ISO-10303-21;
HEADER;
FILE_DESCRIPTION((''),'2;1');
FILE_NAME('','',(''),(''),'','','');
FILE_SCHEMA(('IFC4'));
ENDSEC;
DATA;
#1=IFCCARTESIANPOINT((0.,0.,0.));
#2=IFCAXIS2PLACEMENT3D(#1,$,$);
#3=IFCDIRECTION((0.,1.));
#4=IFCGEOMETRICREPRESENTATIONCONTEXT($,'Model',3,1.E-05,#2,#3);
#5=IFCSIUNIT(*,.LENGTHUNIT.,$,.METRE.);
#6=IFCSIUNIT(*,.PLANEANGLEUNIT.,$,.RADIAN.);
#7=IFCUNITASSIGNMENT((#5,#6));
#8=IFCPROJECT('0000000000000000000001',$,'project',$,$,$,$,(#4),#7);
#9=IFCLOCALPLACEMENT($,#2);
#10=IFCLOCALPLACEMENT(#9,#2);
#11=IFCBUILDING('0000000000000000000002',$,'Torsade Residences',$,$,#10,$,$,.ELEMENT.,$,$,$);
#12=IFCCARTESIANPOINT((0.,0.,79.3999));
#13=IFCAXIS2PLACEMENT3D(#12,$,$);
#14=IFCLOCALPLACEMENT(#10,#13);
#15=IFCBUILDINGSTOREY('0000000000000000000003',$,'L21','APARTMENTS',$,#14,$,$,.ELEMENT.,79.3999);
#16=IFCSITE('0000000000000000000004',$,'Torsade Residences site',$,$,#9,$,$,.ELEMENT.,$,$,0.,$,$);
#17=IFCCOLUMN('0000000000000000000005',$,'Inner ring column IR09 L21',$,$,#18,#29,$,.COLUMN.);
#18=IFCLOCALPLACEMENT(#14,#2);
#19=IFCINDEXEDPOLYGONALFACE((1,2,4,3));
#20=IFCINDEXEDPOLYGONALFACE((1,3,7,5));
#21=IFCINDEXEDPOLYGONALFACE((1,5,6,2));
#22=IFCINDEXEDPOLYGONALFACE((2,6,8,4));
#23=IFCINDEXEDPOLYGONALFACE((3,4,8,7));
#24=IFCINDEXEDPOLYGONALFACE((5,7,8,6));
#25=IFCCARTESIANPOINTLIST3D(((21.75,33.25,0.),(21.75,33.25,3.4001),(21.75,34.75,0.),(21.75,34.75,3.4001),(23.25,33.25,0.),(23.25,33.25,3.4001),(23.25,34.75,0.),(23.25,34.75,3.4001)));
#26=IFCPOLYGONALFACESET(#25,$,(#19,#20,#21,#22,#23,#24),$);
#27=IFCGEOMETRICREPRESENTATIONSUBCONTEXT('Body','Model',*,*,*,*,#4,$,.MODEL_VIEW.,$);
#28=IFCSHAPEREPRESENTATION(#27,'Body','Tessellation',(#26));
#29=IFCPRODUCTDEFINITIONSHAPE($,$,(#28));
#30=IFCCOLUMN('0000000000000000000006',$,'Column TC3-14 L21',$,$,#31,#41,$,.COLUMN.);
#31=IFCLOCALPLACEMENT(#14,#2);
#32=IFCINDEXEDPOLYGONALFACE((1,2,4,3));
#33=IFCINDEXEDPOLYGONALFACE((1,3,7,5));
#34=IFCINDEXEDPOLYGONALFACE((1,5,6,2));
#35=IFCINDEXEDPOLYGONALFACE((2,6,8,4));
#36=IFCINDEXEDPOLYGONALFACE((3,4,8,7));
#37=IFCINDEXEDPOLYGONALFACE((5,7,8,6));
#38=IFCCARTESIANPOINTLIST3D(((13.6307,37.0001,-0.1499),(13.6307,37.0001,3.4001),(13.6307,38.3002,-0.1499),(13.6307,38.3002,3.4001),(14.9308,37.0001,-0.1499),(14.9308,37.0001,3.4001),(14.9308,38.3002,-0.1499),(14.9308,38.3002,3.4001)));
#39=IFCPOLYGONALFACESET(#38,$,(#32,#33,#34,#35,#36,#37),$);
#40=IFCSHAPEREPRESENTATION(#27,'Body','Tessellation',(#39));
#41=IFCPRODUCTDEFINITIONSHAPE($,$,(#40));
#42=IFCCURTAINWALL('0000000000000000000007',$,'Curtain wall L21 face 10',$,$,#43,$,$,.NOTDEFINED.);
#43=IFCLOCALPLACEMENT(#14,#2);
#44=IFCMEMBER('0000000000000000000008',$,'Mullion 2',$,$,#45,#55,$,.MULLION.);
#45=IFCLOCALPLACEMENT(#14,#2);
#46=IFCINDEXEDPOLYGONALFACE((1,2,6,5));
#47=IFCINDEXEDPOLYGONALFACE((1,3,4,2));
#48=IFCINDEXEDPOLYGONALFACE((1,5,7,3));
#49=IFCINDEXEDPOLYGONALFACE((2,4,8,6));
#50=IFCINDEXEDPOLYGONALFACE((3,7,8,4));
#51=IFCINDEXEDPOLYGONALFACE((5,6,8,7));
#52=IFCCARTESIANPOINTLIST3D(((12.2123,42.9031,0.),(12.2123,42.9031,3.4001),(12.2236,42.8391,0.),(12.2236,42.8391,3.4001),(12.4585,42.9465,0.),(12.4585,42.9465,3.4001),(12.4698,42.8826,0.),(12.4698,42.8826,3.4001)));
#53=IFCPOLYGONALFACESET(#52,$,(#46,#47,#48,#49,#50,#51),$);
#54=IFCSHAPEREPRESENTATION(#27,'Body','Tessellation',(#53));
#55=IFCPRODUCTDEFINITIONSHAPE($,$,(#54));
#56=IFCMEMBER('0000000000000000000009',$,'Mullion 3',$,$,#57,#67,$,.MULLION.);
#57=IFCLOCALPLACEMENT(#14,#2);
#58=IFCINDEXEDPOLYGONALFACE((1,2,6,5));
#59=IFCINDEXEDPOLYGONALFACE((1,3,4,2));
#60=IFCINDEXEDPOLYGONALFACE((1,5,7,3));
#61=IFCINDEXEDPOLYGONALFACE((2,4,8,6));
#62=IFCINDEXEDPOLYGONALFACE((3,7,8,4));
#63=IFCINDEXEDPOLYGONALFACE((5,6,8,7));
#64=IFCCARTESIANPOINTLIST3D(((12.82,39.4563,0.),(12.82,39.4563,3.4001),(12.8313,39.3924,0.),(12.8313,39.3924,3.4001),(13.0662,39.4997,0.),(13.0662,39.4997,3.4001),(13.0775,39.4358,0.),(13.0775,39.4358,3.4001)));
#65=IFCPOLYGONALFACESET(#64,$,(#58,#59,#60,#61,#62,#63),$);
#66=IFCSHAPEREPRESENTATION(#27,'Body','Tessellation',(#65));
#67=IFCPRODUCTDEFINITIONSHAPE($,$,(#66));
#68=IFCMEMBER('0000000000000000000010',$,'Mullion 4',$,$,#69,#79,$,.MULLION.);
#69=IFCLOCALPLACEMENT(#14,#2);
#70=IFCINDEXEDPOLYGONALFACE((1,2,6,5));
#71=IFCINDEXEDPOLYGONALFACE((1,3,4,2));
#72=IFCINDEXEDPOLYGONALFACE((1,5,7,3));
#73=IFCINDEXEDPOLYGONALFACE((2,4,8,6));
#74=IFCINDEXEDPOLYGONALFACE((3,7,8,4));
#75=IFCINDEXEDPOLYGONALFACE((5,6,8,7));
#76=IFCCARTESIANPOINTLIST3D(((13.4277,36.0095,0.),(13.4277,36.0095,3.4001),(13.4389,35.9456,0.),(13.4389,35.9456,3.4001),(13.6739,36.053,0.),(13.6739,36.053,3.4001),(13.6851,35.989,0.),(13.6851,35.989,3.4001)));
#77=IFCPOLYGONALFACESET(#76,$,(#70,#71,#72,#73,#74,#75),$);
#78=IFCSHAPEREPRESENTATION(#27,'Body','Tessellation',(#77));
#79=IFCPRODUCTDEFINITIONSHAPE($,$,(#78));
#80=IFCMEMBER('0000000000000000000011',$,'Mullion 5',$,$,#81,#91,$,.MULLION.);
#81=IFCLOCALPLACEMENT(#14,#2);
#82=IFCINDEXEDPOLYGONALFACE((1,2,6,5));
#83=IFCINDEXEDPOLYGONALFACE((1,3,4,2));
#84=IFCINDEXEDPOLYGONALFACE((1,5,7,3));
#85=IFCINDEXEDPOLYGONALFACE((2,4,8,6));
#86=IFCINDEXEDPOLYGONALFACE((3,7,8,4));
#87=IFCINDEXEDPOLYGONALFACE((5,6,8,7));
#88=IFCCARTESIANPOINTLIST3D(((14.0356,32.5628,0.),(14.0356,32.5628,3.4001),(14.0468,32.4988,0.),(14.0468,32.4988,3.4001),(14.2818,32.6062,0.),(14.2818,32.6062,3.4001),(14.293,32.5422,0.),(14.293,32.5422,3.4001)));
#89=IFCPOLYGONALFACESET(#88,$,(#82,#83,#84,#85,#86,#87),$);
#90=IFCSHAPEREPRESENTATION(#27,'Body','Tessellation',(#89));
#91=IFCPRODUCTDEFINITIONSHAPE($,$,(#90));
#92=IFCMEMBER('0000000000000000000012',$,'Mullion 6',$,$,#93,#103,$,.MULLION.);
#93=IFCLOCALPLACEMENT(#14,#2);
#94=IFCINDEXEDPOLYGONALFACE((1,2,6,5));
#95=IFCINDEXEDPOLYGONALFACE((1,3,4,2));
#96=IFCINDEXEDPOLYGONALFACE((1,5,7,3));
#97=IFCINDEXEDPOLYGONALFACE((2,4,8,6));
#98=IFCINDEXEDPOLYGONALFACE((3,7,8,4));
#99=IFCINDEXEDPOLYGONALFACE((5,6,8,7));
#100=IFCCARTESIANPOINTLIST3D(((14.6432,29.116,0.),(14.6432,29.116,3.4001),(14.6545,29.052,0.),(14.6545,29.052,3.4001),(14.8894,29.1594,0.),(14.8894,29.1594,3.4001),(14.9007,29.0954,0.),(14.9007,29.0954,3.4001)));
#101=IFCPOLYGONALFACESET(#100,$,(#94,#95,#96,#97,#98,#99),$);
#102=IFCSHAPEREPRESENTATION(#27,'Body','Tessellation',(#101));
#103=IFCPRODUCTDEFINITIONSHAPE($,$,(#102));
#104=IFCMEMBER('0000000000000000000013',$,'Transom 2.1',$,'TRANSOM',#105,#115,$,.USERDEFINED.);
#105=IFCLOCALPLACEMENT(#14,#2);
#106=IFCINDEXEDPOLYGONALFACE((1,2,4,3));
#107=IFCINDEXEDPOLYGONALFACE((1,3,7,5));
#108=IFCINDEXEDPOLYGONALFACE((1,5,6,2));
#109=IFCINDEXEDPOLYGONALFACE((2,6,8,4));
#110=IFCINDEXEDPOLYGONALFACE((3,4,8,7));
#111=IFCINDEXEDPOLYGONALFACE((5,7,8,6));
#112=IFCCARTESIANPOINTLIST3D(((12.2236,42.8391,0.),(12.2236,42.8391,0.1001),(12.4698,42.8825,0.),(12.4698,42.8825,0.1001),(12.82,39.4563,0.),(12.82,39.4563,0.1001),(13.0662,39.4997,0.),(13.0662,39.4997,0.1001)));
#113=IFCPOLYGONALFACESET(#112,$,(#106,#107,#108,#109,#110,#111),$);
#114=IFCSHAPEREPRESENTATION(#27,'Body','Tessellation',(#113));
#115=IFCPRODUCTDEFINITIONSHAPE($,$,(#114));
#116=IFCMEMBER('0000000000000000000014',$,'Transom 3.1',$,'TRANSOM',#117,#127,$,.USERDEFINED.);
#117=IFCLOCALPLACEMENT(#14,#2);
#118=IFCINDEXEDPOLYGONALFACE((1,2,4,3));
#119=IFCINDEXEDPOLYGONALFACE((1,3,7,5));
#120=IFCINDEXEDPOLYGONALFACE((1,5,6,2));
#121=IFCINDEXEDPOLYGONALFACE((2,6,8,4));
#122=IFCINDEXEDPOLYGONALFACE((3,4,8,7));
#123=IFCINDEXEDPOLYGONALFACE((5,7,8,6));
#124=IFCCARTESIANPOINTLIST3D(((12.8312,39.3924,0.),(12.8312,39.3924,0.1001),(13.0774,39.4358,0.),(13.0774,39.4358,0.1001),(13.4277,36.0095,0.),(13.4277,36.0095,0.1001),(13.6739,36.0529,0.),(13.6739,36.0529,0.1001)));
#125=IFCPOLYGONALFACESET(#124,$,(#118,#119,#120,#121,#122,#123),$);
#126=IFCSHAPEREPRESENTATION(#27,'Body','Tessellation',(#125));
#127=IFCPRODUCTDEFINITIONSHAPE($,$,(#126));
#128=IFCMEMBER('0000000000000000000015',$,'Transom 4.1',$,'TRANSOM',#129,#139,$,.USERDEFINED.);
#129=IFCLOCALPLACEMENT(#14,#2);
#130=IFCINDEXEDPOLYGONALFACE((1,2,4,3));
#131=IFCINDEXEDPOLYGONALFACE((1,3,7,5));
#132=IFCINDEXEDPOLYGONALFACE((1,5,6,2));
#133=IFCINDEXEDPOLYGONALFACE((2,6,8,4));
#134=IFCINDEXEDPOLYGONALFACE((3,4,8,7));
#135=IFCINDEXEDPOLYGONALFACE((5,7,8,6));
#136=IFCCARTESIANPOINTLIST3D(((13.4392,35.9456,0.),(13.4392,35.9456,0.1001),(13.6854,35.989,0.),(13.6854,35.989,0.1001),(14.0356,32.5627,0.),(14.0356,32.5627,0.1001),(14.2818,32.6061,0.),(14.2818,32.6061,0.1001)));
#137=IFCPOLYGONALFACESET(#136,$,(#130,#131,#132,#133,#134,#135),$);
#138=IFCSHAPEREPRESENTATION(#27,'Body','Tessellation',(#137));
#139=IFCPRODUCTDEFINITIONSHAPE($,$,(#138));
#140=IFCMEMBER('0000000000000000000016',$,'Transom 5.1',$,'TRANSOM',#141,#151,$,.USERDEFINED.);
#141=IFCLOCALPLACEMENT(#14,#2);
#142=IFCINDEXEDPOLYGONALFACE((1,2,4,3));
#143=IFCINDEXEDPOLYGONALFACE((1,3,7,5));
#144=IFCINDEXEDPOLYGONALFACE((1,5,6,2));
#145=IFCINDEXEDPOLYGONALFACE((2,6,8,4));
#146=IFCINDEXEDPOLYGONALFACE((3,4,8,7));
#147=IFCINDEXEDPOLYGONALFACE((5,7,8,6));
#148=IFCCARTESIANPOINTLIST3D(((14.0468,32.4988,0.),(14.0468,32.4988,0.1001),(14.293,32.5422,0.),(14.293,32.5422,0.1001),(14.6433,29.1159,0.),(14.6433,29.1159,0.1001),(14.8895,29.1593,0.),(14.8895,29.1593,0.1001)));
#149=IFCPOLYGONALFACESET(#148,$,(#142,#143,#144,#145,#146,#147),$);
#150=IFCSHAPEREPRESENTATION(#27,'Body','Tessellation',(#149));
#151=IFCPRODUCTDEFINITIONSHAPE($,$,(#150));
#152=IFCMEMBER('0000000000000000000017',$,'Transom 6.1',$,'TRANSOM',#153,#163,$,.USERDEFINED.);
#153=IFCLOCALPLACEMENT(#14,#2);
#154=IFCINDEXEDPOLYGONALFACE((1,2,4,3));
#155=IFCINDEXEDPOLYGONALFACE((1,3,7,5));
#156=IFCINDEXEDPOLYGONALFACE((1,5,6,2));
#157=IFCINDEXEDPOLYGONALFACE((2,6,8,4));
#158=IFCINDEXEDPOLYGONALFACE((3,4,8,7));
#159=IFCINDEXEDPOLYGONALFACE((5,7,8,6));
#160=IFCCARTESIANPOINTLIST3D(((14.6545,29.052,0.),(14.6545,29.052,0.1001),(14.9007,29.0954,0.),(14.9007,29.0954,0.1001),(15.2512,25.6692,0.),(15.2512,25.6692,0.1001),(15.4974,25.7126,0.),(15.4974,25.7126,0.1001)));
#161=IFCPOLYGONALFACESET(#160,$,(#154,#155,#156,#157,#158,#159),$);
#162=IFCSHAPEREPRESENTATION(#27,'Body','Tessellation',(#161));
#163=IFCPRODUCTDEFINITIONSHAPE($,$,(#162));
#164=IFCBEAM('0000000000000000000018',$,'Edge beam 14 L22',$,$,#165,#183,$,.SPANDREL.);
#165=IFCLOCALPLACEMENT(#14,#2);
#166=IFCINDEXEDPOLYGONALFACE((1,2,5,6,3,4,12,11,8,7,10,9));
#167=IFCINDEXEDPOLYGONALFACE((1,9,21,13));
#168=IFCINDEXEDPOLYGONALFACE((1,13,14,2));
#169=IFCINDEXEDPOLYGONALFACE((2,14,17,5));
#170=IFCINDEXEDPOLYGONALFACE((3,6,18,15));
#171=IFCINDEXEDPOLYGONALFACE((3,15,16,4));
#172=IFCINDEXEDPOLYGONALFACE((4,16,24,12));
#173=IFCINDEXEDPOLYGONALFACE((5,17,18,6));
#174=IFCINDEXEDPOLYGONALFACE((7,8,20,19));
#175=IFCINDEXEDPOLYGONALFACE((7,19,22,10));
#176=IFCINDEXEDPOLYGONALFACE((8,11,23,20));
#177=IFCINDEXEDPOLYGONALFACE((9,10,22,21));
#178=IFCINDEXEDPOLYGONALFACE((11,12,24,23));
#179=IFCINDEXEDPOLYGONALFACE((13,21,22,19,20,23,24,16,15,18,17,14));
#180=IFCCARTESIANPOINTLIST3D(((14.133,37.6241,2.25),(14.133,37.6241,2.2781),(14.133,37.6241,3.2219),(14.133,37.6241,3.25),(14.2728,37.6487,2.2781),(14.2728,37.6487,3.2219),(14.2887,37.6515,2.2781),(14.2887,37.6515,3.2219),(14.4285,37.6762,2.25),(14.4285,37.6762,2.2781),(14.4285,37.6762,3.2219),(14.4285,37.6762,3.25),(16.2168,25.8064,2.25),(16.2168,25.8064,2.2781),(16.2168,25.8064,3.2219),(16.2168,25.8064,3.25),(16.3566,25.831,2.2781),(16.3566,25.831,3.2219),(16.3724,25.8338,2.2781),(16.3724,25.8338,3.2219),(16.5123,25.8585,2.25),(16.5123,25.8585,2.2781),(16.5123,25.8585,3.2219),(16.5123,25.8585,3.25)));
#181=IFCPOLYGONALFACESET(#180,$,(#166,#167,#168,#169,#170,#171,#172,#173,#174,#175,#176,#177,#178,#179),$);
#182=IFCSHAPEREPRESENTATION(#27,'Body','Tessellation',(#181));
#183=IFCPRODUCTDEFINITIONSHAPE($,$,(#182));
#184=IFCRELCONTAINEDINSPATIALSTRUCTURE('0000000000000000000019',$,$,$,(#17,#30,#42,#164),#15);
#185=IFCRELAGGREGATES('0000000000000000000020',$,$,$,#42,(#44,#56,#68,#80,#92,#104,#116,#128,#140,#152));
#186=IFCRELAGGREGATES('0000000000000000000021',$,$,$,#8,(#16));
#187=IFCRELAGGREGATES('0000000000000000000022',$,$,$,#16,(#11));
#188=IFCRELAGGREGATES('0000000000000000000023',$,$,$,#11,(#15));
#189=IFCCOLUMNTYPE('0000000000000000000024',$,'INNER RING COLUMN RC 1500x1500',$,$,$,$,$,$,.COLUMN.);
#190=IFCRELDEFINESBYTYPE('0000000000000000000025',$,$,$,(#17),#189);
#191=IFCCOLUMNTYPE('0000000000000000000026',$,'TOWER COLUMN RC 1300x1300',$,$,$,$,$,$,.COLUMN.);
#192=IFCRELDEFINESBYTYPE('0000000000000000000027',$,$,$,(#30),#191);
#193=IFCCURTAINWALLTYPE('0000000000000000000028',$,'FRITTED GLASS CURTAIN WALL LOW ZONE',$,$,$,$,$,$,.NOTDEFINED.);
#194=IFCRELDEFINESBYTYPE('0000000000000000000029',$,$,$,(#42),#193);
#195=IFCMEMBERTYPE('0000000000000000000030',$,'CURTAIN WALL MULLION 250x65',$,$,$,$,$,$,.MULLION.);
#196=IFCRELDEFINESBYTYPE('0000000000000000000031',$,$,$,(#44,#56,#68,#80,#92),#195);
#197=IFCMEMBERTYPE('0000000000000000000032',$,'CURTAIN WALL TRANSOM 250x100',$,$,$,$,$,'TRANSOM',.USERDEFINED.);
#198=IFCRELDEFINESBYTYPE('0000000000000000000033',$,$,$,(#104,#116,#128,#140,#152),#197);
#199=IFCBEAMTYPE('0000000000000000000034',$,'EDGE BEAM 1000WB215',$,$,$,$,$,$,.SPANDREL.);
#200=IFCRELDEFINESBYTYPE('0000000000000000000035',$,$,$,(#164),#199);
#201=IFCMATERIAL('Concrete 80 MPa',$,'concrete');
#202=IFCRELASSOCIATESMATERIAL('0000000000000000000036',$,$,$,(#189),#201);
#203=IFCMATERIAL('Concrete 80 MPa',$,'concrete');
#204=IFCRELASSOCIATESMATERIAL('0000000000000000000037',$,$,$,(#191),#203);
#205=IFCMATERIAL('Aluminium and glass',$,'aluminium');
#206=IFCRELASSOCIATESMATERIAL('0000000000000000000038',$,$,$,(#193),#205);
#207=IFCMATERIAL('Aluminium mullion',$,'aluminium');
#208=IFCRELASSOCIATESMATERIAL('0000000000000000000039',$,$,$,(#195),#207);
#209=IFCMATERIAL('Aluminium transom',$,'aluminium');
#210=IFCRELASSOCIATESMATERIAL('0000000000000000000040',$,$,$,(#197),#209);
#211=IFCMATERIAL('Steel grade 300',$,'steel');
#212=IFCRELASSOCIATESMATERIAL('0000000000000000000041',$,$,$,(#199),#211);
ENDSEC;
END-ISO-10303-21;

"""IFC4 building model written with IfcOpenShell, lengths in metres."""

from ifc_helpers import new_model, si_unit, direction, frame, origin, origin_2d, place, context, subcontext, project, spatial, rectangle, i_section, extrude, material, material_profile, profile_set, type_object, element, aggregate, save


model = new_model("IFC4")

# Units and contexts
model_context = context("Model", 3, precision=1e-05, world=origin(), true_north=direction((0.0, 1.0)))
body_context = subcontext(model_context, "Body", "Model", "MODEL_VIEW")
ifc_project = project(units=[si_unit("LENGTHUNIT", "METRE"), si_unit("PLANEANGLEUNIT", "RADIAN")], contexts=[model_context])

# Site, building, storey
site_placement = place(None, origin())
site = spatial("IfcSite", under=ifc_project, at=site_placement, Name="Torsade Residences site", CompositionType="ELEMENT", RefElevation=0.0)
building_placement = place(site_placement, origin())
building = spatial("IfcBuilding", under=site, at=building_placement, Name="Torsade Residences", CompositionType="ELEMENT")
storey_placement = place(building_placement, frame((0.0, 0.0, 79.3999)))
storey = spatial("IfcBuildingStorey", under=building, at=storey_placement, Name="L21", Description="APARTMENTS", CompositionType="ELEMENT", Elevation=79.3999)

# Columns
ifc_material_1 = material(Name="Concrete 80 MPa", Category="concrete")
ifc_material_profile_1 = material_profile(ifc_material_1, rectangle(XDim=1.5, YDim=1.5, at=origin_2d()), Name="RC 1500x1500")
ifc_profile_set_1 = profile_set([ifc_material_profile_1], Name="Concrete 80 MPa")
column_type_1 = type_object("IfcColumnType", Name="INNER RING COLUMN RC 1500x1500", PredefinedType="COLUMN", material=ifc_profile_set_1)
column_1_placement = place(storey_placement, frame((22.5, 34.0, 0.0), z_axis=(0.0, 0.0, 1.0), x_axis=(1.0, 0.0, 0.0)))
element("IfcColumn", 1, at=column_1_placement, inside=storey, type_object=column_type_1, Name="Inner ring column IR09 L21", PredefinedType="COLUMN", context=body_context, shape_type="SweptSolid", body=[
    extrude(rectangle(XDim=1.5, YDim=1.5, at=origin_2d()), origin(), (0.0, 0.0, 1.0), 3.4001),
])
ifc_material_2 = material(Name="Concrete 80 MPa", Category="concrete")
ifc_material_profile_2 = material_profile(ifc_material_2, rectangle(XDim=1.3, YDim=1.3, at=origin_2d()), Name="RC 1300x1300")
ifc_profile_set_2 = profile_set([ifc_material_profile_2], Name="Concrete 80 MPa")
column_type_2 = type_object("IfcColumnType", Name="TOWER COLUMN RC 1300x1300", PredefinedType="COLUMN", material=ifc_profile_set_2)
column_2_placement = place(storey_placement, frame((14.2808, 37.6501, -0.1499), z_axis=(0.0, 0.0, 1.0), x_axis=(1.0, 0.0, 0.0)))
element("IfcColumn", 2, at=column_2_placement, inside=storey, type_object=column_type_2, Name="Column TC3-14 L21", PredefinedType="COLUMN", context=body_context, shape_type="SweptSolid", body=[
    extrude(rectangle(XDim=1.3, YDim=1.3, at=origin_2d()), origin(), (0.0, 0.0, 1.0), 3.55),
])

# Curtain wall, members
ifc_material_3 = material(Name="Aluminium and glass", Category="aluminium")
curtain_wall_type = type_object("IfcCurtainWallType", Name="FRITTED GLASS CURTAIN WALL LOW ZONE", PredefinedType="NOTDEFINED", material=ifc_material_3)
curtain_wall_placement = place(storey_placement, origin())
curtain_wall = element("IfcCurtainWall", 3, at=curtain_wall_placement, inside=storey, type_object=curtain_wall_type, Name="Curtain wall L21 face 10", PredefinedType="NOTDEFINED")
ifc_material_4 = material(Name="Aluminium mullion", Category="aluminium")
ifc_material_profile_3 = material_profile(ifc_material_4, rectangle(XDim=0.25, YDim=0.0649, at=origin_2d()), Name="CURTAIN WALL MULLION 250x65")
ifc_profile_set_3 = profile_set([ifc_material_profile_3], Name="Aluminium mullion")
member_type_1 = type_object("IfcMemberType", Name="CURTAIN WALL MULLION 250x65", PredefinedType="MULLION", material=ifc_profile_set_3)
member_1_placement = place(storey_placement, frame((12.3411, 42.8928, 0.0), z_axis=(0.0, 0.0, 1.0), x_axis=(0.984808, 0.173648, 0.0)))
member_1 = element("IfcMember", 4, at=member_1_placement, type_object=member_type_1, Name="Mullion 2", PredefinedType="MULLION", context=body_context, shape_type="SweptSolid", body=[
    extrude(rectangle(XDim=0.25, YDim=0.0649, at=origin_2d()), origin(), (0.0, 0.0, 1.0), 3.4001),
])
member_2_placement = place(storey_placement, frame((12.9487, 39.446, 0.0), z_axis=(0.0, 0.0, 1.0), x_axis=(0.984808, 0.173648, 0.0)))
member_2 = element("IfcMember", 5, at=member_2_placement, type_object=member_type_1, Name="Mullion 3", PredefinedType="MULLION", context=body_context, shape_type="SweptSolid", body=[
    extrude(rectangle(XDim=0.25, YDim=0.0649, at=origin_2d()), origin(), (0.0, 0.0, 1.0), 3.4001),
])
member_3_placement = place(storey_placement, frame((13.5564, 35.9993, 0.0), z_axis=(0.0, 0.0, 1.0), x_axis=(0.984808, 0.173648, 0.0)))
member_3 = element("IfcMember", 6, at=member_3_placement, type_object=member_type_1, Name="Mullion 4", PredefinedType="MULLION", context=body_context, shape_type="SweptSolid", body=[
    extrude(rectangle(XDim=0.25, YDim=0.0649, at=origin_2d()), origin(), (0.0, 0.0, 1.0), 3.4001),
])
member_4_placement = place(storey_placement, frame((14.1643, 32.5525, 0.0), z_axis=(0.0, 0.0, 1.0), x_axis=(0.984808, 0.173648, 0.0)))
member_4 = element("IfcMember", 7, at=member_4_placement, type_object=member_type_1, Name="Mullion 5", PredefinedType="MULLION", context=body_context, shape_type="SweptSolid", body=[
    extrude(rectangle(XDim=0.25, YDim=0.0649, at=origin_2d()), origin(), (0.0, 0.0, 1.0), 3.4001),
])
member_5_placement = place(storey_placement, frame((14.772, 29.1057, 0.0), z_axis=(0.0, 0.0, 1.0), x_axis=(0.984808, 0.173648, 0.0)))
member_5 = element("IfcMember", 8, at=member_5_placement, type_object=member_type_1, Name="Mullion 6", PredefinedType="MULLION", context=body_context, shape_type="SweptSolid", body=[
    extrude(rectangle(XDim=0.25, YDim=0.0649, at=origin_2d()), origin(), (0.0, 0.0, 1.0), 3.4001),
])
ifc_material_5 = material(Name="Aluminium transom", Category="aluminium")
ifc_material_profile_4 = material_profile(ifc_material_5, rectangle(XDim=0.25, YDim=0.1001, at=origin_2d()), Name="CURTAIN WALL TRANSOM 250x100")
ifc_profile_set_4 = profile_set([ifc_material_profile_4], Name="Aluminium transom")
member_type_2 = type_object("IfcMemberType", Name="CURTAIN WALL TRANSOM 250x100", ElementType="TRANSOM", PredefinedType="USERDEFINED", material=ifc_profile_set_4)
member_6_placement = place(storey_placement, frame((12.3467, 42.8608, 0.05), z_axis=(0.173635, -0.98481, 0.0), x_axis=(0.98481, 0.173635, 0.0)))
member_6 = element("IfcMember", 9, at=member_6_placement, type_object=member_type_2, Name="Transom 2.1", ObjectType="TRANSOM", PredefinedType="USERDEFINED", context=body_context, shape_type="SweptSolid", body=[
    extrude(rectangle(XDim=0.25, YDim=0.1001, at=origin_2d()), origin(), (0.0, 0.0, 1.0), 3.4351),
])
member_7_placement = place(storey_placement, frame((12.9543, 39.4141, 0.05), z_axis=(0.173635, -0.98481, 0.0), x_axis=(0.98481, 0.173635, 0.0)))
member_7 = element("IfcMember", 10, at=member_7_placement, type_object=member_type_2, Name="Transom 3.1", ObjectType="TRANSOM", PredefinedType="USERDEFINED", context=body_context, shape_type="SweptSolid", body=[
    extrude(rectangle(XDim=0.25, YDim=0.1001, at=origin_2d()), origin(), (0.0, 0.0, 1.0), 3.4351),
])
member_8_placement = place(storey_placement, frame((13.5623, 35.9673, 0.05), z_axis=(0.173635, -0.98481, 0.0), x_axis=(0.98481, 0.173635, 0.0)))
member_8 = element("IfcMember", 11, at=member_8_placement, type_object=member_type_2, Name="Transom 4.1", ObjectType="TRANSOM", PredefinedType="USERDEFINED", context=body_context, shape_type="SweptSolid", body=[
    extrude(rectangle(XDim=0.25, YDim=0.1001, at=origin_2d()), origin(), (0.0, 0.0, 1.0), 3.4351),
])
member_9_placement = place(storey_placement, frame((14.1699, 32.5205, 0.05), z_axis=(0.173635, -0.98481, 0.0), x_axis=(0.98481, 0.173635, 0.0)))
member_9 = element("IfcMember", 12, at=member_9_placement, type_object=member_type_2, Name="Transom 5.1", ObjectType="TRANSOM", PredefinedType="USERDEFINED", context=body_context, shape_type="SweptSolid", body=[
    extrude(rectangle(XDim=0.25, YDim=0.1001, at=origin_2d()), origin(), (0.0, 0.0, 1.0), 3.4351),
])
member_10_placement = place(storey_placement, frame((14.7776, 29.0737, 0.05), z_axis=(0.173704, -0.984798, 0.0), x_axis=(0.984798, 0.173704, 0.0)))
member_10 = element("IfcMember", 13, at=member_10_placement, type_object=member_type_2, Name="Transom 6.1", ObjectType="TRANSOM", PredefinedType="USERDEFINED", context=body_context, shape_type="SweptSolid", body=[
    extrude(rectangle(XDim=0.25, YDim=0.1001, at=origin_2d()), origin(), (0.0, 0.0, 1.0), 3.4351),
])

# Beam
ifc_material_6 = material(Name="Steel grade 300", Category="steel")
ifc_material_profile_5 = material_profile(ifc_material_6, i_section(OverallWidth=0.3, OverallDepth=1.0, WebThickness=0.0161, FlangeThickness=0.0281, at=origin_2d()), Name="1000WB215")
ifc_profile_set_5 = profile_set([ifc_material_profile_5], Name="Steel grade 300")
beam_type_1 = type_object("IfcBeamType", Name="EDGE BEAM 1000WB215", PredefinedType="SPANDREL", material=ifc_profile_set_5)
beam_1_placement = place(storey_placement, frame((14.2808, 37.6501, 2.75), z_axis=(0.173646, -0.984808, 0.0), x_axis=(0.984808, 0.173646, 0.0)))
element("IfcBeam", 14, at=beam_1_placement, inside=storey, type_object=beam_type_1, Name="Edge beam 14 L22", PredefinedType="SPANDREL", context=body_context, shape_type="SweptSolid", body=[
    extrude(i_section(OverallWidth=0.3, OverallDepth=1.0, WebThickness=0.0161, FlangeThickness=0.0281, at=origin_2d()), origin(), (0.0, 0.0, 1.0), 12.0),
])

aggregate(curtain_wall, [member_1, member_2, member_3, member_4, member_5, member_6, member_7, member_8, member_9, member_10])

save(model, "model.ifc")
